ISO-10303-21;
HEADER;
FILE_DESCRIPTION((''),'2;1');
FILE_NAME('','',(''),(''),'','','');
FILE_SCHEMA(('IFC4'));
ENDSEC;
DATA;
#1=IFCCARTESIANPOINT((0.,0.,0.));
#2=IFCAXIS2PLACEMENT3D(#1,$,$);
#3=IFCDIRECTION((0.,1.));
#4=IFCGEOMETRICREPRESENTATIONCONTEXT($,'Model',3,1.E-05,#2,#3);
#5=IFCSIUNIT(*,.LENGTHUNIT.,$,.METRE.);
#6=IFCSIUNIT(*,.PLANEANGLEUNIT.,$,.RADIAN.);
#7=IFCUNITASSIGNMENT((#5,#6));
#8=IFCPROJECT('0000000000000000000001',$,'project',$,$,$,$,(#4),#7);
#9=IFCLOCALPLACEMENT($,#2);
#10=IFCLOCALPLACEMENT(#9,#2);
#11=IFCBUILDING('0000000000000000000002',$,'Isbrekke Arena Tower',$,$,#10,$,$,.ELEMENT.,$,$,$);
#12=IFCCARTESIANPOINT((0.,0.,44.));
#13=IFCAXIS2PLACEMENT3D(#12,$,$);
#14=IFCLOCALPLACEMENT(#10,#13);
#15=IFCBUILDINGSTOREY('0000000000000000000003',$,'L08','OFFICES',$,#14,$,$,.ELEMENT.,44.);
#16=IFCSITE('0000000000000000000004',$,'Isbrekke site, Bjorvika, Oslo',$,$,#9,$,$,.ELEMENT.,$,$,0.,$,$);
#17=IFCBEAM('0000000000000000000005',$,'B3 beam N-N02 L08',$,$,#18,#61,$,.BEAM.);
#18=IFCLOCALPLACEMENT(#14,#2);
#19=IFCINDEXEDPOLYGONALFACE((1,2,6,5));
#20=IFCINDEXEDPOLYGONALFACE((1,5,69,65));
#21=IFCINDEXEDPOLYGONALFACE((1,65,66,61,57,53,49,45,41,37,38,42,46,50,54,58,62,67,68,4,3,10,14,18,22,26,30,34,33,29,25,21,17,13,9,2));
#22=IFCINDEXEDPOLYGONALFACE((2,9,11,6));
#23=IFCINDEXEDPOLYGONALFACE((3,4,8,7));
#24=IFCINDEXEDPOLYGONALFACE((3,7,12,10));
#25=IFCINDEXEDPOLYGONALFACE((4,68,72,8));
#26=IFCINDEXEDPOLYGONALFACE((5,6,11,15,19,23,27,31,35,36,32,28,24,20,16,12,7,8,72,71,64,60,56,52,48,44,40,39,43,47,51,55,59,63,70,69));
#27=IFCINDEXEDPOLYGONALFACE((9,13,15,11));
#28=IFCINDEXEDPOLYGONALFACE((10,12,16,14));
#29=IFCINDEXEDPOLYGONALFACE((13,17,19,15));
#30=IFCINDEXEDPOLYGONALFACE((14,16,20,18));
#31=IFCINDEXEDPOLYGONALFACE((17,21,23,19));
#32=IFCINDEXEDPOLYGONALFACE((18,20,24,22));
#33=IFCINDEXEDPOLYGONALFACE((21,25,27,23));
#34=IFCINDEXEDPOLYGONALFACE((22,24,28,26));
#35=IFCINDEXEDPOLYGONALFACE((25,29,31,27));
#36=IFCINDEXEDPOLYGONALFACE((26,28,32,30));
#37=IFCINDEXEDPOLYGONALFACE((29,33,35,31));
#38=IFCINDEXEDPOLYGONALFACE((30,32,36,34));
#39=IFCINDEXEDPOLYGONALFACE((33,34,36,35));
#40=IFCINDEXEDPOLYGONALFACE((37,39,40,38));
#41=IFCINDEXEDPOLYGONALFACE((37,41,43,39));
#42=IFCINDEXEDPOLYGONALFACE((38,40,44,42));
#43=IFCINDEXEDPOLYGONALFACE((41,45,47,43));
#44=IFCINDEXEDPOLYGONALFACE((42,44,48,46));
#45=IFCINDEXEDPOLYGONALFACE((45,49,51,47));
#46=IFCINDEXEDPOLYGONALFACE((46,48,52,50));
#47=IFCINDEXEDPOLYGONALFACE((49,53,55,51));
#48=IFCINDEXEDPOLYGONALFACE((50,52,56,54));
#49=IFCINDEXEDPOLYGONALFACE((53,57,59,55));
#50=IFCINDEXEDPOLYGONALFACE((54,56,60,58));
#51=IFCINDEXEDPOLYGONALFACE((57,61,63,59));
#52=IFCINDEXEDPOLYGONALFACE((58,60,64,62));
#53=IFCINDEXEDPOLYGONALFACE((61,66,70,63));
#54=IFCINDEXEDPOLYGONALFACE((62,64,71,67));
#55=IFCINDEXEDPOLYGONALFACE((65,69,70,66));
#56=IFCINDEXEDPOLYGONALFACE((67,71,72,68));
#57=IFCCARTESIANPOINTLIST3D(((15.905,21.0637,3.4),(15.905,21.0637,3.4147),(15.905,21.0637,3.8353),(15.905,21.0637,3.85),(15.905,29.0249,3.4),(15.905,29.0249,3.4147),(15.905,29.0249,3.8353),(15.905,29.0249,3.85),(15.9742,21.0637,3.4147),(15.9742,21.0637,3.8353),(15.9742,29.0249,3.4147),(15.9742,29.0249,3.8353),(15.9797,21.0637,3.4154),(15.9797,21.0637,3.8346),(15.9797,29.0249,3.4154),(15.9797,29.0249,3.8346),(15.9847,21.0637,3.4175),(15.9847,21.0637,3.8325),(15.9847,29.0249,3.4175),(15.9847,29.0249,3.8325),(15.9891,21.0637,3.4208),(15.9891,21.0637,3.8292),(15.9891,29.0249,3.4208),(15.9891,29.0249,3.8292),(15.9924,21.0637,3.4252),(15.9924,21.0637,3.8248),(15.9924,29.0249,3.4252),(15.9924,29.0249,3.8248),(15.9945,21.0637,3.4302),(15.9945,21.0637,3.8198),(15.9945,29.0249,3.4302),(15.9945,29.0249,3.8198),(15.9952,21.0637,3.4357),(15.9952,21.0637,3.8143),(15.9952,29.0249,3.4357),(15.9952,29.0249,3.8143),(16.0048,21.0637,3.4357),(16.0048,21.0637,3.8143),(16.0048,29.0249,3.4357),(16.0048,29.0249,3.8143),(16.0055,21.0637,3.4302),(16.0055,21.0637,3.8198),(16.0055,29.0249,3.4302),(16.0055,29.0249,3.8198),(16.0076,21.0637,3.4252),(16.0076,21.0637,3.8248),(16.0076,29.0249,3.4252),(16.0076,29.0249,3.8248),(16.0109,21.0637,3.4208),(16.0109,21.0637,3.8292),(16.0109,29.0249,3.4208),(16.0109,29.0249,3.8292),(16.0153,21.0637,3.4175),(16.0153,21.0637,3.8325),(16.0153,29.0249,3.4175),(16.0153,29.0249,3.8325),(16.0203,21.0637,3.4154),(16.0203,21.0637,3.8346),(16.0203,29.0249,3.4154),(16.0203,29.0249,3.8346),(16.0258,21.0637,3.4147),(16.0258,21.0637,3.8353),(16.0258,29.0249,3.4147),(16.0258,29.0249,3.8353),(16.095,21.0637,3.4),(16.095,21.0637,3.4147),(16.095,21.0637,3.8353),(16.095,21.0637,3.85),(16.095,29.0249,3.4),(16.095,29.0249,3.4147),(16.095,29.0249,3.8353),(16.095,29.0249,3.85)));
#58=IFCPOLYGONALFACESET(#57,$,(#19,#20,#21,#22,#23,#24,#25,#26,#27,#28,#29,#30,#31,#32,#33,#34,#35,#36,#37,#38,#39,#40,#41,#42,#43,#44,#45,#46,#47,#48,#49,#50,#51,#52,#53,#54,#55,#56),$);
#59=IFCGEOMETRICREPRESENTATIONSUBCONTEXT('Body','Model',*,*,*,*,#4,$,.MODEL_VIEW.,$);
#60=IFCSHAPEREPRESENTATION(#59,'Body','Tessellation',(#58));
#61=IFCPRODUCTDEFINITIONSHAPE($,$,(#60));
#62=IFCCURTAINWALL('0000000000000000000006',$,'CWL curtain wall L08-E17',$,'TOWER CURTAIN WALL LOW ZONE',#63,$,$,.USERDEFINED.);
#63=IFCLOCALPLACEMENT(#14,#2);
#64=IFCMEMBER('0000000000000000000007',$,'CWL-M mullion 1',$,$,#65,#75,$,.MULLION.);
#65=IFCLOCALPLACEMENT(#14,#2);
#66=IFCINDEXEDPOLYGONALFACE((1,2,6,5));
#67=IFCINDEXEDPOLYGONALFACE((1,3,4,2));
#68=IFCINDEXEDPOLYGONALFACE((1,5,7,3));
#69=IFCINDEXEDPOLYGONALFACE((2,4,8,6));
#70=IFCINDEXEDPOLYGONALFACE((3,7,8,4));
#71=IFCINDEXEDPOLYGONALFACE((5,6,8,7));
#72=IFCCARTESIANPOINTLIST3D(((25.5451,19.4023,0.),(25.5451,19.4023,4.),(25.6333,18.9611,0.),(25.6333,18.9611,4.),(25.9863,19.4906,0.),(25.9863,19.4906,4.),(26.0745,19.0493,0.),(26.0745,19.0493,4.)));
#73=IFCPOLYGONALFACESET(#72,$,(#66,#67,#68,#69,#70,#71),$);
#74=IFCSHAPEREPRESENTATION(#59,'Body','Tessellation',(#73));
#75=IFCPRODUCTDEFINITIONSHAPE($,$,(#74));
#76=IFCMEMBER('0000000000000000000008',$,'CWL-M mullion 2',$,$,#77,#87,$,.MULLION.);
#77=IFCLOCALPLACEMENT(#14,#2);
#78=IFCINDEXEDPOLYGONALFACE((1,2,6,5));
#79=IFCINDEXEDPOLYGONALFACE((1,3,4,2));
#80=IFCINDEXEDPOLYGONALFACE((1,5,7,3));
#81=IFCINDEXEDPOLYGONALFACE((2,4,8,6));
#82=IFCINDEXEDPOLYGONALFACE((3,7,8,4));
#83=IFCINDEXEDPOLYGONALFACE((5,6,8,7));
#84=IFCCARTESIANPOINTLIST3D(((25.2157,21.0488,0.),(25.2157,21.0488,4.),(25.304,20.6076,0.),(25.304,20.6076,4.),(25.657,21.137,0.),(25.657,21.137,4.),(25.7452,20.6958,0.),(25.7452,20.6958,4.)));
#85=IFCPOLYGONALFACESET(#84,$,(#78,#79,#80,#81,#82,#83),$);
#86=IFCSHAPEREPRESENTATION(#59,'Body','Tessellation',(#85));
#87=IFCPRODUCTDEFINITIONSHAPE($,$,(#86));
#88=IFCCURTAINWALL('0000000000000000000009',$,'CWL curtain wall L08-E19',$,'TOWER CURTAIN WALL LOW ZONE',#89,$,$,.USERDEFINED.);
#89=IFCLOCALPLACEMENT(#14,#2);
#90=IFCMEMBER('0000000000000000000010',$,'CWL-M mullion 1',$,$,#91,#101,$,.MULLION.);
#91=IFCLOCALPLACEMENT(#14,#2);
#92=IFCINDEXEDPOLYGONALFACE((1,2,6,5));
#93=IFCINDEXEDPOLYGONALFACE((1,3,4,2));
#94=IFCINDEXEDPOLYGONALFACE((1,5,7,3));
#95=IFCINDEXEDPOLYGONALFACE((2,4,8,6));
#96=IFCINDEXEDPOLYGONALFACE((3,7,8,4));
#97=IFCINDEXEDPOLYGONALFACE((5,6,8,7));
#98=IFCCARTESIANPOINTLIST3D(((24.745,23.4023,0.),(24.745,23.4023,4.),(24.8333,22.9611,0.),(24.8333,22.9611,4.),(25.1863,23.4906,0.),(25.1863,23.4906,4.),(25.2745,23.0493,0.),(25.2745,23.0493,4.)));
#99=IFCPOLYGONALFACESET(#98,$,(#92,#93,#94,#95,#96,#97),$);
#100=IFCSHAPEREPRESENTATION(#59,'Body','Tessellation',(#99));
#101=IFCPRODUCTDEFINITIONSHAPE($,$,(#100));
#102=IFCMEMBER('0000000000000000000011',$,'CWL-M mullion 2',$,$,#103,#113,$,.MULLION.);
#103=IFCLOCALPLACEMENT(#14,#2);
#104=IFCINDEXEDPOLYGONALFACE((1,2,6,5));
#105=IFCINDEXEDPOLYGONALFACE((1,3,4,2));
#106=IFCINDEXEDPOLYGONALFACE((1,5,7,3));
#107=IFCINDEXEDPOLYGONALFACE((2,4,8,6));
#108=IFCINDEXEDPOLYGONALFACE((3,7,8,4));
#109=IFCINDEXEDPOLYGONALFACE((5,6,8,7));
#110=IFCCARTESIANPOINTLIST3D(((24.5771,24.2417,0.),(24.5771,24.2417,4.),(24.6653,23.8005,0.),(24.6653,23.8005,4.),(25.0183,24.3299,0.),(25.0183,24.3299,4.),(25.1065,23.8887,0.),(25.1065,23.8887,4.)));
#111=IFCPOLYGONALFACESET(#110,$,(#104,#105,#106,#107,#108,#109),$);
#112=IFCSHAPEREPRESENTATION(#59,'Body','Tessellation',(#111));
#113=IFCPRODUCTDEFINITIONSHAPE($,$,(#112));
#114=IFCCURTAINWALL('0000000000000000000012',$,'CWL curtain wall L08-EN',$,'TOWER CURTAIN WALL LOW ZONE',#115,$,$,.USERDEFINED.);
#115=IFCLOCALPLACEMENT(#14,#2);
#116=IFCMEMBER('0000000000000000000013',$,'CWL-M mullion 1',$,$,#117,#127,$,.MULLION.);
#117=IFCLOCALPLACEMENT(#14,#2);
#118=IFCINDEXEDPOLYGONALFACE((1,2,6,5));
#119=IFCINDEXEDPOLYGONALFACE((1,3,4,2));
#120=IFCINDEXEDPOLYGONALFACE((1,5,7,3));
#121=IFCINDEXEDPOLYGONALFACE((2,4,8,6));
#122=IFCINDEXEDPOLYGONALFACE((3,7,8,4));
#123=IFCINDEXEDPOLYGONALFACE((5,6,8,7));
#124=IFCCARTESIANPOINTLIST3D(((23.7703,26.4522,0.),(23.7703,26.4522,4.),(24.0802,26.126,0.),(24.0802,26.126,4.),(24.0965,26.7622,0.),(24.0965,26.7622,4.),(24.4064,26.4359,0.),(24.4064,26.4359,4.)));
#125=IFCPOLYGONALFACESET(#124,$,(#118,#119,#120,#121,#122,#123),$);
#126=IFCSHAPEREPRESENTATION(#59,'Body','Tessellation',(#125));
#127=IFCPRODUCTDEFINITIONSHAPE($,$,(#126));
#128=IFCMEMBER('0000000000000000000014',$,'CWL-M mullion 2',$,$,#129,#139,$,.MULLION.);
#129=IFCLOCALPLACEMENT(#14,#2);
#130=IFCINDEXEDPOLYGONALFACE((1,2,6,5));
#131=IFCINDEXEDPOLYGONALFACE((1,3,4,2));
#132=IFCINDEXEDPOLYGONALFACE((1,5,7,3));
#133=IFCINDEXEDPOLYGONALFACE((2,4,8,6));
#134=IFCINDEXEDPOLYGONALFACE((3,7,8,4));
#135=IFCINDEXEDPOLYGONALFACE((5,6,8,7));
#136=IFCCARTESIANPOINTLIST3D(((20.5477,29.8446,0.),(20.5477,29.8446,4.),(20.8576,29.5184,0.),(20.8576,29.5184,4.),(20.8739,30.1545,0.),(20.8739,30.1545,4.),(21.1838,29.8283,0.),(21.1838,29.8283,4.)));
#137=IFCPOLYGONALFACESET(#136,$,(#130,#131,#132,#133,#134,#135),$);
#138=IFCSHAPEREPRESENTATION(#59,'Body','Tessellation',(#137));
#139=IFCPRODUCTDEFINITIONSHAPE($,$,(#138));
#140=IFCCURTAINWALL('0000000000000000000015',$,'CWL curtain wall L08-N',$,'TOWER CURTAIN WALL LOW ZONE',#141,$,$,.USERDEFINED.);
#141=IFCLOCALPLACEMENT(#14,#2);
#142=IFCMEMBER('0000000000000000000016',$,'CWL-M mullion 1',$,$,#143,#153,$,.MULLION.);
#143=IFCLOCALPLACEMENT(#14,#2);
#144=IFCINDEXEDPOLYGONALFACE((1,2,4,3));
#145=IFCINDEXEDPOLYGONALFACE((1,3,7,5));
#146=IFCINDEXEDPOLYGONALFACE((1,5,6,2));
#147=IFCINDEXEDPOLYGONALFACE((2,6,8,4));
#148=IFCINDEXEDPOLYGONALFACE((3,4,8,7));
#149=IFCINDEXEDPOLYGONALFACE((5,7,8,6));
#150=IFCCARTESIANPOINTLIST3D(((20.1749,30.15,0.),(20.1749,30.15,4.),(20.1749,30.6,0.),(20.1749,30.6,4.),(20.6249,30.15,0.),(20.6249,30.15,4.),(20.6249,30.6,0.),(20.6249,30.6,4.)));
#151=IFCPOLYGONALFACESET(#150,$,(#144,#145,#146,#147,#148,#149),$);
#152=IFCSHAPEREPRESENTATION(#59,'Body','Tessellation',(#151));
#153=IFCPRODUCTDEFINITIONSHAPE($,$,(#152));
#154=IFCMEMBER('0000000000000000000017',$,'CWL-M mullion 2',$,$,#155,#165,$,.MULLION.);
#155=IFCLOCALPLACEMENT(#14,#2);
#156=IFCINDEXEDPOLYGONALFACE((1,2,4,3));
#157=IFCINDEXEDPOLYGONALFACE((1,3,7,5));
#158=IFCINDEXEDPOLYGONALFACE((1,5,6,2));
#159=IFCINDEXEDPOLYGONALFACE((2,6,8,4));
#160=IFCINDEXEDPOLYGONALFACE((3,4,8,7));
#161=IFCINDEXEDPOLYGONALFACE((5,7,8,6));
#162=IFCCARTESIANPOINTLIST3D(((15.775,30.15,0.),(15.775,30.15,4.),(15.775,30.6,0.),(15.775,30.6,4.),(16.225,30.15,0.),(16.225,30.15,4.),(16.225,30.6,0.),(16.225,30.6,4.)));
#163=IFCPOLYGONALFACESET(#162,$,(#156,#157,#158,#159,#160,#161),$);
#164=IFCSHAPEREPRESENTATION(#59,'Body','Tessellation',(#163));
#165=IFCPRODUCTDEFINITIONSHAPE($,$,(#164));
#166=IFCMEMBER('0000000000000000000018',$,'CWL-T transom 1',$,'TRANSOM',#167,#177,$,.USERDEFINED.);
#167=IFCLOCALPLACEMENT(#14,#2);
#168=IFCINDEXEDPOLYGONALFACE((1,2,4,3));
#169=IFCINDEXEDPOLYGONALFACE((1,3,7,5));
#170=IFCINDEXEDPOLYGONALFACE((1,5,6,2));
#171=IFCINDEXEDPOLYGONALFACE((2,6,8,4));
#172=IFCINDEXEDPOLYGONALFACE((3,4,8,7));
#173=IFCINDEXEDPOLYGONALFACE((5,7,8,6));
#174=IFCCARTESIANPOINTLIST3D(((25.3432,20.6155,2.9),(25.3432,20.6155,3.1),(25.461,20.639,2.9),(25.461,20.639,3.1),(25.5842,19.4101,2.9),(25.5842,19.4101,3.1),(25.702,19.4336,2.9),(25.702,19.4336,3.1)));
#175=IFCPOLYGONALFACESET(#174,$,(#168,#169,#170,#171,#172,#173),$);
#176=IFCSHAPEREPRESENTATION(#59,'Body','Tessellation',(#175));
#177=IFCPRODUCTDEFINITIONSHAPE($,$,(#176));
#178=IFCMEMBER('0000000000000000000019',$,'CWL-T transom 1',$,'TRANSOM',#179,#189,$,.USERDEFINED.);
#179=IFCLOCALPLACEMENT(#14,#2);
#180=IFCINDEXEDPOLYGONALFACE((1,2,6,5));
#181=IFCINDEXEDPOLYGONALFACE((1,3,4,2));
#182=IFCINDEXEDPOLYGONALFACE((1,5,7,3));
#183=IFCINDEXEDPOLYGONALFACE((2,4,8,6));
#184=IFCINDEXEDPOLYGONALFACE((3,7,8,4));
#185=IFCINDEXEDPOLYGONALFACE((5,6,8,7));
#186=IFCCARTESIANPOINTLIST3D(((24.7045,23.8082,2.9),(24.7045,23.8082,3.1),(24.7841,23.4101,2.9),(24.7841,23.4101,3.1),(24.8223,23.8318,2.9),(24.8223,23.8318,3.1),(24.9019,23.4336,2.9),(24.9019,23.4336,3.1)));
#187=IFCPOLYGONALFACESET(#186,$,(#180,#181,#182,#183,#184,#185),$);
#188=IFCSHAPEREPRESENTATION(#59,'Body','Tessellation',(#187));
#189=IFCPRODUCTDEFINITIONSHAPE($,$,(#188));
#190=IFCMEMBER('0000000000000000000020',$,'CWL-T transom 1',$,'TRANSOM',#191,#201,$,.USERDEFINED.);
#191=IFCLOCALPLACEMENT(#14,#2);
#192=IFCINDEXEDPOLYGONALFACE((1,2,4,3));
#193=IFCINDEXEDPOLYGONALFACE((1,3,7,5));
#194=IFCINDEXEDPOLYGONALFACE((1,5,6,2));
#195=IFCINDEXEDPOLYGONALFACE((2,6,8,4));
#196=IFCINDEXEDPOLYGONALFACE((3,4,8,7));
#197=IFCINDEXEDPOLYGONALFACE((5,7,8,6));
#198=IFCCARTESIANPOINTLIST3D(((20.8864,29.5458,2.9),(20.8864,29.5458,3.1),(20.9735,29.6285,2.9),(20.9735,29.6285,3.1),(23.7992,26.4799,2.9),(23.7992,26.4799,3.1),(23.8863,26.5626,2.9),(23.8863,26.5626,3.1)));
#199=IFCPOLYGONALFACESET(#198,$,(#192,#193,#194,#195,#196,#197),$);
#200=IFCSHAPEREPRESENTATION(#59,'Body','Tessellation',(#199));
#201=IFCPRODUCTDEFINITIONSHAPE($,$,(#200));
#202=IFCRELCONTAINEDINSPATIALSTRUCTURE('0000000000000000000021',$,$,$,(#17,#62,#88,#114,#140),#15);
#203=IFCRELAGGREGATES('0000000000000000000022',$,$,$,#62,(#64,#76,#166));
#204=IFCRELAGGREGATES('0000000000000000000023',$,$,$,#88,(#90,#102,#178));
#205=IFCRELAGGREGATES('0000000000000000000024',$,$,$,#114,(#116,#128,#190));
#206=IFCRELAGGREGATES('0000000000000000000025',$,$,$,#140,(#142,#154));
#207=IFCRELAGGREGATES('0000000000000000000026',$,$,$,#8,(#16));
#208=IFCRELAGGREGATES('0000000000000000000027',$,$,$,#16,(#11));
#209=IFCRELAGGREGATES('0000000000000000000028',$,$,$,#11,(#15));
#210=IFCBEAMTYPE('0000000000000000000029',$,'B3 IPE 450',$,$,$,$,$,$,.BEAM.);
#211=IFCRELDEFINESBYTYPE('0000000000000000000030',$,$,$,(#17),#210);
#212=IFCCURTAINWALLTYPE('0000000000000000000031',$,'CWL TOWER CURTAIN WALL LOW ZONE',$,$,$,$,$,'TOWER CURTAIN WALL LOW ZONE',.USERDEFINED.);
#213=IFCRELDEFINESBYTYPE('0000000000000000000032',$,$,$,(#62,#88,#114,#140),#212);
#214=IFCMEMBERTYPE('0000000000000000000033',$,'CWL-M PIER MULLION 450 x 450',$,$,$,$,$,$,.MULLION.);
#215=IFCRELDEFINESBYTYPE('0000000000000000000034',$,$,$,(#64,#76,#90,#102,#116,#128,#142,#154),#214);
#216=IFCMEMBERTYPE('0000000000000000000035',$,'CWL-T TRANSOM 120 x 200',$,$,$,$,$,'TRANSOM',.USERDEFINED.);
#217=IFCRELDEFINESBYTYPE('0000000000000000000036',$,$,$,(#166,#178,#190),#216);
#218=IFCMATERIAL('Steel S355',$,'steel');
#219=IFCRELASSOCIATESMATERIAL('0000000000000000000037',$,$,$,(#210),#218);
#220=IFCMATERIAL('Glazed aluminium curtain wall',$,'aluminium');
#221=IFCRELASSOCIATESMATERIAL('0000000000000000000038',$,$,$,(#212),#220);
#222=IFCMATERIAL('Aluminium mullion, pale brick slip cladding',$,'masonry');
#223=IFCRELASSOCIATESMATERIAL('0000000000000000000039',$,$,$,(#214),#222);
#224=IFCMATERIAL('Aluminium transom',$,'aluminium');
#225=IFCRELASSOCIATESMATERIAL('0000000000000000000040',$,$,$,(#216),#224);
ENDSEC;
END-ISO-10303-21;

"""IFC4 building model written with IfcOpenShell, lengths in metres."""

from ifc_helpers import new_model, si_unit, direction, frame, origin, origin_2d, place, context, subcontext, project, spatial, rectangle, i_section, extrude, material, material_profile, profile_set, type_object, element, aggregate, save


model = new_model("IFC4")

# Units and contexts
model_context = context("Model", 3, precision=1e-05, world=origin(), true_north=direction((0.0, 1.0)))
body_context = subcontext(model_context, "Body", "Model", "MODEL_VIEW")
ifc_project = project(units=[si_unit("LENGTHUNIT", "METRE"), si_unit("PLANEANGLEUNIT", "RADIAN")], contexts=[model_context])

# Site, building, storey
site_placement = place(None, origin())
site = spatial("IfcSite", under=ifc_project, at=site_placement, Name="Isbrekke site, Bjorvika, Oslo", CompositionType="ELEMENT", RefElevation=0.0)
building_placement = place(site_placement, origin())
building = spatial("IfcBuilding", under=site, at=building_placement, Name="Isbrekke Arena Tower", CompositionType="ELEMENT")
storey_placement = place(building_placement, frame((0.0, 0.0, 44.0)))
storey = spatial("IfcBuildingStorey", under=building, at=storey_placement, Name="L08", Description="OFFICES", CompositionType="ELEMENT", Elevation=44.0)

# Beam
ifc_material_1 = material(Name="Steel S355", Category="steel")
ifc_material_profile_1 = material_profile(ifc_material_1, i_section(OverallWidth=0.1899, OverallDepth=0.45, WebThickness=0.0095, FlangeThickness=0.0146, FilletRadius=0.021, at=origin_2d()), Name="IPE 450")
ifc_profile_set_1 = profile_set([ifc_material_profile_1], Name="Steel S355")
beam_type_1 = type_object("IfcBeamType", Name="B3 IPE 450", PredefinedType="BEAM", material=ifc_profile_set_1)
beam_1_placement = place(storey_placement, frame((16.0, 29.0249, 3.625), z_axis=(0.0, -1.0, 0.0), x_axis=(1.0, 0.0, 0.0)))
element("IfcBeam", 1, at=beam_1_placement, inside=storey, type_object=beam_type_1, Name="B3 beam N-N02 L08", PredefinedType="BEAM", context=body_context, shape_type="SweptSolid", body=[
    extrude(i_section(OverallWidth=0.1899, OverallDepth=0.45, WebThickness=0.0095, FlangeThickness=0.0146, FilletRadius=0.021, at=origin_2d()), origin(), (0.0, 0.0, 1.0), 7.9612),
])

# Curtain walls, members
ifc_material_2 = material(Name="Glazed aluminium curtain wall", Category="aluminium")
curtain_wall_type = type_object("IfcCurtainWallType", Name="CWL TOWER CURTAIN WALL LOW ZONE", ElementType="TOWER CURTAIN WALL LOW ZONE", PredefinedType="USERDEFINED", material=ifc_material_2)
curtain_wall_1_placement = place(storey_placement, origin())
curtain_wall_1 = element("IfcCurtainWall", 2, at=curtain_wall_1_placement, inside=storey, type_object=curtain_wall_type, Name="CWL curtain wall L08-E17", ObjectType="TOWER CURTAIN WALL LOW ZONE", PredefinedType="USERDEFINED")
ifc_material_3 = material(Name="Aluminium mullion, pale brick slip cladding", Category="masonry")
ifc_material_profile_2 = material_profile(ifc_material_3, rectangle(XDim=0.45, YDim=0.45, at=origin_2d()), Name="PIER 450X450")
ifc_profile_set_2 = profile_set([ifc_material_profile_2], Name="Aluminium mullion, pale brick slip cladding")
member_type_1 = type_object("IfcMemberType", Name="CWL-M PIER MULLION 450 x 450", PredefinedType="MULLION", material=ifc_profile_set_2)
member_1_placement = place(storey_placement, frame((25.8098, 19.2258, 0.0), z_axis=(0.0, 0.0, 1.0), x_axis=(-0.196116, 0.980581, 0.0)))
member_1 = element("IfcMember", 3, at=member_1_placement, type_object=member_type_1, Name="CWL-M mullion 1", PredefinedType="MULLION", context=body_context, shape_type="SweptSolid", body=[
    extrude(rectangle(XDim=0.45, YDim=0.45, at=origin_2d()), origin(), (0.0, 0.0, 1.0), 4.0),
])
member_2_placement = place(storey_placement, frame((25.4805, 20.8723, 0.0), z_axis=(0.0, 0.0, 1.0), x_axis=(-0.196116, 0.980581, 0.0)))
member_2 = element("IfcMember", 4, at=member_2_placement, type_object=member_type_1, Name="CWL-M mullion 2", PredefinedType="MULLION", context=body_context, shape_type="SweptSolid", body=[
    extrude(rectangle(XDim=0.45, YDim=0.45, at=origin_2d()), origin(), (0.0, 0.0, 1.0), 4.0),
])
curtain_wall_2_placement = place(storey_placement, origin())
curtain_wall_2 = element("IfcCurtainWall", 5, at=curtain_wall_2_placement, inside=storey, type_object=curtain_wall_type, Name="CWL curtain wall L08-E19", ObjectType="TOWER CURTAIN WALL LOW ZONE", PredefinedType="USERDEFINED")
member_3_placement = place(storey_placement, frame((25.0098, 23.2258, 0.0), z_axis=(0.0, 0.0, 1.0), x_axis=(-0.196116, 0.980581, 0.0)))
member_3 = element("IfcMember", 6, at=member_3_placement, type_object=member_type_1, Name="CWL-M mullion 1", PredefinedType="MULLION", context=body_context, shape_type="SweptSolid", body=[
    extrude(rectangle(XDim=0.45, YDim=0.45, at=origin_2d()), origin(), (0.0, 0.0, 1.0), 4.0),
])
member_4_placement = place(storey_placement, frame((24.8418, 24.0652, 0.0), z_axis=(0.0, 0.0, 1.0), x_axis=(-0.196116, 0.980581, 0.0)))
member_4 = element("IfcMember", 7, at=member_4_placement, type_object=member_type_1, Name="CWL-M mullion 2", PredefinedType="MULLION", context=body_context, shape_type="SweptSolid", body=[
    extrude(rectangle(XDim=0.45, YDim=0.45, at=origin_2d()), origin(), (0.0, 0.0, 1.0), 4.0),
])
curtain_wall_3_placement = place(storey_placement, origin())
curtain_wall_3 = element("IfcCurtainWall", 8, at=curtain_wall_3_placement, inside=storey, type_object=curtain_wall_type, Name="CWL curtain wall L08-EN", ObjectType="TOWER CURTAIN WALL LOW ZONE", PredefinedType="USERDEFINED")
member_5_placement = place(storey_placement, frame((24.0884, 26.4441, 0.0), z_axis=(0.0, 0.0, 1.0), x_axis=(-0.688749, 0.724999, 0.0)))
member_5 = element("IfcMember", 9, at=member_5_placement, type_object=member_type_1, Name="CWL-M mullion 1", PredefinedType="MULLION", context=body_context, shape_type="SweptSolid", body=[
    extrude(rectangle(XDim=0.45, YDim=0.45, at=origin_2d()), origin(), (0.0, 0.0, 1.0), 4.0),
])
member_6_placement = place(storey_placement, frame((20.8657, 29.8364, 0.0), z_axis=(0.0, 0.0, 1.0), x_axis=(-0.688749, 0.724999, 0.0)))
member_6 = element("IfcMember", 10, at=member_6_placement, type_object=member_type_1, Name="CWL-M mullion 2", PredefinedType="MULLION", context=body_context, shape_type="SweptSolid", body=[
    extrude(rectangle(XDim=0.45, YDim=0.45, at=origin_2d()), origin(), (0.0, 0.0, 1.0), 4.0),
])
curtain_wall_4_placement = place(storey_placement, origin())
curtain_wall_4 = element("IfcCurtainWall", 11, at=curtain_wall_4_placement, inside=storey, type_object=curtain_wall_type, Name="CWL curtain wall L08-N", ObjectType="TOWER CURTAIN WALL LOW ZONE", PredefinedType="USERDEFINED")
member_7_placement = place(storey_placement, frame((20.3999, 30.375, 0.0), z_axis=(0.0, 0.0, 1.0), x_axis=(-1.0, 0.0, 0.0)))
member_7 = element("IfcMember", 12, at=member_7_placement, type_object=member_type_1, Name="CWL-M mullion 1", PredefinedType="MULLION", context=body_context, shape_type="SweptSolid", body=[
    extrude(rectangle(XDim=0.45, YDim=0.45, at=origin_2d()), origin(), (0.0, 0.0, 1.0), 4.0),
])
member_8_placement = place(storey_placement, frame((16.0, 30.375, 0.0), z_axis=(0.0, 0.0, 1.0), x_axis=(-1.0, 0.0, 0.0)))
member_8 = element("IfcMember", 13, at=member_8_placement, type_object=member_type_1, Name="CWL-M mullion 2", PredefinedType="MULLION", context=body_context, shape_type="SweptSolid", body=[
    extrude(rectangle(XDim=0.45, YDim=0.45, at=origin_2d()), origin(), (0.0, 0.0, 1.0), 4.0),
])

# Members
ifc_material_4 = material(Name="Aluminium transom", Category="aluminium")
ifc_material_profile_3 = material_profile(ifc_material_4, rectangle(XDim=0.1201, YDim=0.2, at=origin_2d()), Name="TRANSOM 120X200")
ifc_profile_set_3 = profile_set([ifc_material_profile_3], Name="Aluminium transom")
member_type_2 = type_object("IfcMemberType", Name="CWL-T TRANSOM 120 x 200", ElementType="TRANSOM", PredefinedType="USERDEFINED", material=ifc_profile_set_3)
member_9_placement = place(storey_placement, frame((25.6431, 19.4219, 3.0), z_axis=(-0.19604, 0.980596, 0.0), x_axis=(-0.980596, -0.19604, 0.0)))
member_9 = element("IfcMember", 14, at=member_9_placement, type_object=member_type_2, Name="CWL-T transom 1", ObjectType="TRANSOM", PredefinedType="USERDEFINED", context=body_context, shape_type="SweptSolid", body=[
    extrude(rectangle(XDim=0.1201, YDim=0.2, at=origin_2d()), origin(), (0.0, 0.0, 1.0), 1.2292),
])
member_10_placement = place(storey_placement, frame((24.843, 23.4219, 3.0), z_axis=(-0.196001, 0.980604, 0.0), x_axis=(-0.980604, -0.196001, 0.0)))
member_10 = element("IfcMember", 15, at=member_10_placement, type_object=member_type_2, Name="CWL-T transom 1", ObjectType="TRANSOM", PredefinedType="USERDEFINED", context=body_context, shape_type="SweptSolid", body=[
    extrude(rectangle(XDim=0.1201, YDim=0.2, at=origin_2d()), origin(), (0.0, 0.0, 1.0), 0.406),
])
member_11_placement = place(storey_placement, frame((23.8428, 26.5212, 3.0), z_axis=(-0.688777, 0.724973, 0.0), x_axis=(-0.724973, -0.688777, 0.0)))
member_11 = element("IfcMember", 16, at=member_11_placement, type_object=member_type_2, Name="CWL-T transom 1", ObjectType="TRANSOM", PredefinedType="USERDEFINED", context=body_context, shape_type="SweptSolid", body=[
    extrude(rectangle(XDim=0.1201, YDim=0.2, at=origin_2d()), origin(), (0.0, 0.0, 1.0), 4.229),
])

aggregate(curtain_wall_1, [member_1, member_2, member_9])
aggregate(curtain_wall_2, [member_3, member_4, member_10])
aggregate(curtain_wall_3, [member_5, member_6, member_11])
aggregate(curtain_wall_4, [member_7, member_8])

save(model, "model.ifc")
